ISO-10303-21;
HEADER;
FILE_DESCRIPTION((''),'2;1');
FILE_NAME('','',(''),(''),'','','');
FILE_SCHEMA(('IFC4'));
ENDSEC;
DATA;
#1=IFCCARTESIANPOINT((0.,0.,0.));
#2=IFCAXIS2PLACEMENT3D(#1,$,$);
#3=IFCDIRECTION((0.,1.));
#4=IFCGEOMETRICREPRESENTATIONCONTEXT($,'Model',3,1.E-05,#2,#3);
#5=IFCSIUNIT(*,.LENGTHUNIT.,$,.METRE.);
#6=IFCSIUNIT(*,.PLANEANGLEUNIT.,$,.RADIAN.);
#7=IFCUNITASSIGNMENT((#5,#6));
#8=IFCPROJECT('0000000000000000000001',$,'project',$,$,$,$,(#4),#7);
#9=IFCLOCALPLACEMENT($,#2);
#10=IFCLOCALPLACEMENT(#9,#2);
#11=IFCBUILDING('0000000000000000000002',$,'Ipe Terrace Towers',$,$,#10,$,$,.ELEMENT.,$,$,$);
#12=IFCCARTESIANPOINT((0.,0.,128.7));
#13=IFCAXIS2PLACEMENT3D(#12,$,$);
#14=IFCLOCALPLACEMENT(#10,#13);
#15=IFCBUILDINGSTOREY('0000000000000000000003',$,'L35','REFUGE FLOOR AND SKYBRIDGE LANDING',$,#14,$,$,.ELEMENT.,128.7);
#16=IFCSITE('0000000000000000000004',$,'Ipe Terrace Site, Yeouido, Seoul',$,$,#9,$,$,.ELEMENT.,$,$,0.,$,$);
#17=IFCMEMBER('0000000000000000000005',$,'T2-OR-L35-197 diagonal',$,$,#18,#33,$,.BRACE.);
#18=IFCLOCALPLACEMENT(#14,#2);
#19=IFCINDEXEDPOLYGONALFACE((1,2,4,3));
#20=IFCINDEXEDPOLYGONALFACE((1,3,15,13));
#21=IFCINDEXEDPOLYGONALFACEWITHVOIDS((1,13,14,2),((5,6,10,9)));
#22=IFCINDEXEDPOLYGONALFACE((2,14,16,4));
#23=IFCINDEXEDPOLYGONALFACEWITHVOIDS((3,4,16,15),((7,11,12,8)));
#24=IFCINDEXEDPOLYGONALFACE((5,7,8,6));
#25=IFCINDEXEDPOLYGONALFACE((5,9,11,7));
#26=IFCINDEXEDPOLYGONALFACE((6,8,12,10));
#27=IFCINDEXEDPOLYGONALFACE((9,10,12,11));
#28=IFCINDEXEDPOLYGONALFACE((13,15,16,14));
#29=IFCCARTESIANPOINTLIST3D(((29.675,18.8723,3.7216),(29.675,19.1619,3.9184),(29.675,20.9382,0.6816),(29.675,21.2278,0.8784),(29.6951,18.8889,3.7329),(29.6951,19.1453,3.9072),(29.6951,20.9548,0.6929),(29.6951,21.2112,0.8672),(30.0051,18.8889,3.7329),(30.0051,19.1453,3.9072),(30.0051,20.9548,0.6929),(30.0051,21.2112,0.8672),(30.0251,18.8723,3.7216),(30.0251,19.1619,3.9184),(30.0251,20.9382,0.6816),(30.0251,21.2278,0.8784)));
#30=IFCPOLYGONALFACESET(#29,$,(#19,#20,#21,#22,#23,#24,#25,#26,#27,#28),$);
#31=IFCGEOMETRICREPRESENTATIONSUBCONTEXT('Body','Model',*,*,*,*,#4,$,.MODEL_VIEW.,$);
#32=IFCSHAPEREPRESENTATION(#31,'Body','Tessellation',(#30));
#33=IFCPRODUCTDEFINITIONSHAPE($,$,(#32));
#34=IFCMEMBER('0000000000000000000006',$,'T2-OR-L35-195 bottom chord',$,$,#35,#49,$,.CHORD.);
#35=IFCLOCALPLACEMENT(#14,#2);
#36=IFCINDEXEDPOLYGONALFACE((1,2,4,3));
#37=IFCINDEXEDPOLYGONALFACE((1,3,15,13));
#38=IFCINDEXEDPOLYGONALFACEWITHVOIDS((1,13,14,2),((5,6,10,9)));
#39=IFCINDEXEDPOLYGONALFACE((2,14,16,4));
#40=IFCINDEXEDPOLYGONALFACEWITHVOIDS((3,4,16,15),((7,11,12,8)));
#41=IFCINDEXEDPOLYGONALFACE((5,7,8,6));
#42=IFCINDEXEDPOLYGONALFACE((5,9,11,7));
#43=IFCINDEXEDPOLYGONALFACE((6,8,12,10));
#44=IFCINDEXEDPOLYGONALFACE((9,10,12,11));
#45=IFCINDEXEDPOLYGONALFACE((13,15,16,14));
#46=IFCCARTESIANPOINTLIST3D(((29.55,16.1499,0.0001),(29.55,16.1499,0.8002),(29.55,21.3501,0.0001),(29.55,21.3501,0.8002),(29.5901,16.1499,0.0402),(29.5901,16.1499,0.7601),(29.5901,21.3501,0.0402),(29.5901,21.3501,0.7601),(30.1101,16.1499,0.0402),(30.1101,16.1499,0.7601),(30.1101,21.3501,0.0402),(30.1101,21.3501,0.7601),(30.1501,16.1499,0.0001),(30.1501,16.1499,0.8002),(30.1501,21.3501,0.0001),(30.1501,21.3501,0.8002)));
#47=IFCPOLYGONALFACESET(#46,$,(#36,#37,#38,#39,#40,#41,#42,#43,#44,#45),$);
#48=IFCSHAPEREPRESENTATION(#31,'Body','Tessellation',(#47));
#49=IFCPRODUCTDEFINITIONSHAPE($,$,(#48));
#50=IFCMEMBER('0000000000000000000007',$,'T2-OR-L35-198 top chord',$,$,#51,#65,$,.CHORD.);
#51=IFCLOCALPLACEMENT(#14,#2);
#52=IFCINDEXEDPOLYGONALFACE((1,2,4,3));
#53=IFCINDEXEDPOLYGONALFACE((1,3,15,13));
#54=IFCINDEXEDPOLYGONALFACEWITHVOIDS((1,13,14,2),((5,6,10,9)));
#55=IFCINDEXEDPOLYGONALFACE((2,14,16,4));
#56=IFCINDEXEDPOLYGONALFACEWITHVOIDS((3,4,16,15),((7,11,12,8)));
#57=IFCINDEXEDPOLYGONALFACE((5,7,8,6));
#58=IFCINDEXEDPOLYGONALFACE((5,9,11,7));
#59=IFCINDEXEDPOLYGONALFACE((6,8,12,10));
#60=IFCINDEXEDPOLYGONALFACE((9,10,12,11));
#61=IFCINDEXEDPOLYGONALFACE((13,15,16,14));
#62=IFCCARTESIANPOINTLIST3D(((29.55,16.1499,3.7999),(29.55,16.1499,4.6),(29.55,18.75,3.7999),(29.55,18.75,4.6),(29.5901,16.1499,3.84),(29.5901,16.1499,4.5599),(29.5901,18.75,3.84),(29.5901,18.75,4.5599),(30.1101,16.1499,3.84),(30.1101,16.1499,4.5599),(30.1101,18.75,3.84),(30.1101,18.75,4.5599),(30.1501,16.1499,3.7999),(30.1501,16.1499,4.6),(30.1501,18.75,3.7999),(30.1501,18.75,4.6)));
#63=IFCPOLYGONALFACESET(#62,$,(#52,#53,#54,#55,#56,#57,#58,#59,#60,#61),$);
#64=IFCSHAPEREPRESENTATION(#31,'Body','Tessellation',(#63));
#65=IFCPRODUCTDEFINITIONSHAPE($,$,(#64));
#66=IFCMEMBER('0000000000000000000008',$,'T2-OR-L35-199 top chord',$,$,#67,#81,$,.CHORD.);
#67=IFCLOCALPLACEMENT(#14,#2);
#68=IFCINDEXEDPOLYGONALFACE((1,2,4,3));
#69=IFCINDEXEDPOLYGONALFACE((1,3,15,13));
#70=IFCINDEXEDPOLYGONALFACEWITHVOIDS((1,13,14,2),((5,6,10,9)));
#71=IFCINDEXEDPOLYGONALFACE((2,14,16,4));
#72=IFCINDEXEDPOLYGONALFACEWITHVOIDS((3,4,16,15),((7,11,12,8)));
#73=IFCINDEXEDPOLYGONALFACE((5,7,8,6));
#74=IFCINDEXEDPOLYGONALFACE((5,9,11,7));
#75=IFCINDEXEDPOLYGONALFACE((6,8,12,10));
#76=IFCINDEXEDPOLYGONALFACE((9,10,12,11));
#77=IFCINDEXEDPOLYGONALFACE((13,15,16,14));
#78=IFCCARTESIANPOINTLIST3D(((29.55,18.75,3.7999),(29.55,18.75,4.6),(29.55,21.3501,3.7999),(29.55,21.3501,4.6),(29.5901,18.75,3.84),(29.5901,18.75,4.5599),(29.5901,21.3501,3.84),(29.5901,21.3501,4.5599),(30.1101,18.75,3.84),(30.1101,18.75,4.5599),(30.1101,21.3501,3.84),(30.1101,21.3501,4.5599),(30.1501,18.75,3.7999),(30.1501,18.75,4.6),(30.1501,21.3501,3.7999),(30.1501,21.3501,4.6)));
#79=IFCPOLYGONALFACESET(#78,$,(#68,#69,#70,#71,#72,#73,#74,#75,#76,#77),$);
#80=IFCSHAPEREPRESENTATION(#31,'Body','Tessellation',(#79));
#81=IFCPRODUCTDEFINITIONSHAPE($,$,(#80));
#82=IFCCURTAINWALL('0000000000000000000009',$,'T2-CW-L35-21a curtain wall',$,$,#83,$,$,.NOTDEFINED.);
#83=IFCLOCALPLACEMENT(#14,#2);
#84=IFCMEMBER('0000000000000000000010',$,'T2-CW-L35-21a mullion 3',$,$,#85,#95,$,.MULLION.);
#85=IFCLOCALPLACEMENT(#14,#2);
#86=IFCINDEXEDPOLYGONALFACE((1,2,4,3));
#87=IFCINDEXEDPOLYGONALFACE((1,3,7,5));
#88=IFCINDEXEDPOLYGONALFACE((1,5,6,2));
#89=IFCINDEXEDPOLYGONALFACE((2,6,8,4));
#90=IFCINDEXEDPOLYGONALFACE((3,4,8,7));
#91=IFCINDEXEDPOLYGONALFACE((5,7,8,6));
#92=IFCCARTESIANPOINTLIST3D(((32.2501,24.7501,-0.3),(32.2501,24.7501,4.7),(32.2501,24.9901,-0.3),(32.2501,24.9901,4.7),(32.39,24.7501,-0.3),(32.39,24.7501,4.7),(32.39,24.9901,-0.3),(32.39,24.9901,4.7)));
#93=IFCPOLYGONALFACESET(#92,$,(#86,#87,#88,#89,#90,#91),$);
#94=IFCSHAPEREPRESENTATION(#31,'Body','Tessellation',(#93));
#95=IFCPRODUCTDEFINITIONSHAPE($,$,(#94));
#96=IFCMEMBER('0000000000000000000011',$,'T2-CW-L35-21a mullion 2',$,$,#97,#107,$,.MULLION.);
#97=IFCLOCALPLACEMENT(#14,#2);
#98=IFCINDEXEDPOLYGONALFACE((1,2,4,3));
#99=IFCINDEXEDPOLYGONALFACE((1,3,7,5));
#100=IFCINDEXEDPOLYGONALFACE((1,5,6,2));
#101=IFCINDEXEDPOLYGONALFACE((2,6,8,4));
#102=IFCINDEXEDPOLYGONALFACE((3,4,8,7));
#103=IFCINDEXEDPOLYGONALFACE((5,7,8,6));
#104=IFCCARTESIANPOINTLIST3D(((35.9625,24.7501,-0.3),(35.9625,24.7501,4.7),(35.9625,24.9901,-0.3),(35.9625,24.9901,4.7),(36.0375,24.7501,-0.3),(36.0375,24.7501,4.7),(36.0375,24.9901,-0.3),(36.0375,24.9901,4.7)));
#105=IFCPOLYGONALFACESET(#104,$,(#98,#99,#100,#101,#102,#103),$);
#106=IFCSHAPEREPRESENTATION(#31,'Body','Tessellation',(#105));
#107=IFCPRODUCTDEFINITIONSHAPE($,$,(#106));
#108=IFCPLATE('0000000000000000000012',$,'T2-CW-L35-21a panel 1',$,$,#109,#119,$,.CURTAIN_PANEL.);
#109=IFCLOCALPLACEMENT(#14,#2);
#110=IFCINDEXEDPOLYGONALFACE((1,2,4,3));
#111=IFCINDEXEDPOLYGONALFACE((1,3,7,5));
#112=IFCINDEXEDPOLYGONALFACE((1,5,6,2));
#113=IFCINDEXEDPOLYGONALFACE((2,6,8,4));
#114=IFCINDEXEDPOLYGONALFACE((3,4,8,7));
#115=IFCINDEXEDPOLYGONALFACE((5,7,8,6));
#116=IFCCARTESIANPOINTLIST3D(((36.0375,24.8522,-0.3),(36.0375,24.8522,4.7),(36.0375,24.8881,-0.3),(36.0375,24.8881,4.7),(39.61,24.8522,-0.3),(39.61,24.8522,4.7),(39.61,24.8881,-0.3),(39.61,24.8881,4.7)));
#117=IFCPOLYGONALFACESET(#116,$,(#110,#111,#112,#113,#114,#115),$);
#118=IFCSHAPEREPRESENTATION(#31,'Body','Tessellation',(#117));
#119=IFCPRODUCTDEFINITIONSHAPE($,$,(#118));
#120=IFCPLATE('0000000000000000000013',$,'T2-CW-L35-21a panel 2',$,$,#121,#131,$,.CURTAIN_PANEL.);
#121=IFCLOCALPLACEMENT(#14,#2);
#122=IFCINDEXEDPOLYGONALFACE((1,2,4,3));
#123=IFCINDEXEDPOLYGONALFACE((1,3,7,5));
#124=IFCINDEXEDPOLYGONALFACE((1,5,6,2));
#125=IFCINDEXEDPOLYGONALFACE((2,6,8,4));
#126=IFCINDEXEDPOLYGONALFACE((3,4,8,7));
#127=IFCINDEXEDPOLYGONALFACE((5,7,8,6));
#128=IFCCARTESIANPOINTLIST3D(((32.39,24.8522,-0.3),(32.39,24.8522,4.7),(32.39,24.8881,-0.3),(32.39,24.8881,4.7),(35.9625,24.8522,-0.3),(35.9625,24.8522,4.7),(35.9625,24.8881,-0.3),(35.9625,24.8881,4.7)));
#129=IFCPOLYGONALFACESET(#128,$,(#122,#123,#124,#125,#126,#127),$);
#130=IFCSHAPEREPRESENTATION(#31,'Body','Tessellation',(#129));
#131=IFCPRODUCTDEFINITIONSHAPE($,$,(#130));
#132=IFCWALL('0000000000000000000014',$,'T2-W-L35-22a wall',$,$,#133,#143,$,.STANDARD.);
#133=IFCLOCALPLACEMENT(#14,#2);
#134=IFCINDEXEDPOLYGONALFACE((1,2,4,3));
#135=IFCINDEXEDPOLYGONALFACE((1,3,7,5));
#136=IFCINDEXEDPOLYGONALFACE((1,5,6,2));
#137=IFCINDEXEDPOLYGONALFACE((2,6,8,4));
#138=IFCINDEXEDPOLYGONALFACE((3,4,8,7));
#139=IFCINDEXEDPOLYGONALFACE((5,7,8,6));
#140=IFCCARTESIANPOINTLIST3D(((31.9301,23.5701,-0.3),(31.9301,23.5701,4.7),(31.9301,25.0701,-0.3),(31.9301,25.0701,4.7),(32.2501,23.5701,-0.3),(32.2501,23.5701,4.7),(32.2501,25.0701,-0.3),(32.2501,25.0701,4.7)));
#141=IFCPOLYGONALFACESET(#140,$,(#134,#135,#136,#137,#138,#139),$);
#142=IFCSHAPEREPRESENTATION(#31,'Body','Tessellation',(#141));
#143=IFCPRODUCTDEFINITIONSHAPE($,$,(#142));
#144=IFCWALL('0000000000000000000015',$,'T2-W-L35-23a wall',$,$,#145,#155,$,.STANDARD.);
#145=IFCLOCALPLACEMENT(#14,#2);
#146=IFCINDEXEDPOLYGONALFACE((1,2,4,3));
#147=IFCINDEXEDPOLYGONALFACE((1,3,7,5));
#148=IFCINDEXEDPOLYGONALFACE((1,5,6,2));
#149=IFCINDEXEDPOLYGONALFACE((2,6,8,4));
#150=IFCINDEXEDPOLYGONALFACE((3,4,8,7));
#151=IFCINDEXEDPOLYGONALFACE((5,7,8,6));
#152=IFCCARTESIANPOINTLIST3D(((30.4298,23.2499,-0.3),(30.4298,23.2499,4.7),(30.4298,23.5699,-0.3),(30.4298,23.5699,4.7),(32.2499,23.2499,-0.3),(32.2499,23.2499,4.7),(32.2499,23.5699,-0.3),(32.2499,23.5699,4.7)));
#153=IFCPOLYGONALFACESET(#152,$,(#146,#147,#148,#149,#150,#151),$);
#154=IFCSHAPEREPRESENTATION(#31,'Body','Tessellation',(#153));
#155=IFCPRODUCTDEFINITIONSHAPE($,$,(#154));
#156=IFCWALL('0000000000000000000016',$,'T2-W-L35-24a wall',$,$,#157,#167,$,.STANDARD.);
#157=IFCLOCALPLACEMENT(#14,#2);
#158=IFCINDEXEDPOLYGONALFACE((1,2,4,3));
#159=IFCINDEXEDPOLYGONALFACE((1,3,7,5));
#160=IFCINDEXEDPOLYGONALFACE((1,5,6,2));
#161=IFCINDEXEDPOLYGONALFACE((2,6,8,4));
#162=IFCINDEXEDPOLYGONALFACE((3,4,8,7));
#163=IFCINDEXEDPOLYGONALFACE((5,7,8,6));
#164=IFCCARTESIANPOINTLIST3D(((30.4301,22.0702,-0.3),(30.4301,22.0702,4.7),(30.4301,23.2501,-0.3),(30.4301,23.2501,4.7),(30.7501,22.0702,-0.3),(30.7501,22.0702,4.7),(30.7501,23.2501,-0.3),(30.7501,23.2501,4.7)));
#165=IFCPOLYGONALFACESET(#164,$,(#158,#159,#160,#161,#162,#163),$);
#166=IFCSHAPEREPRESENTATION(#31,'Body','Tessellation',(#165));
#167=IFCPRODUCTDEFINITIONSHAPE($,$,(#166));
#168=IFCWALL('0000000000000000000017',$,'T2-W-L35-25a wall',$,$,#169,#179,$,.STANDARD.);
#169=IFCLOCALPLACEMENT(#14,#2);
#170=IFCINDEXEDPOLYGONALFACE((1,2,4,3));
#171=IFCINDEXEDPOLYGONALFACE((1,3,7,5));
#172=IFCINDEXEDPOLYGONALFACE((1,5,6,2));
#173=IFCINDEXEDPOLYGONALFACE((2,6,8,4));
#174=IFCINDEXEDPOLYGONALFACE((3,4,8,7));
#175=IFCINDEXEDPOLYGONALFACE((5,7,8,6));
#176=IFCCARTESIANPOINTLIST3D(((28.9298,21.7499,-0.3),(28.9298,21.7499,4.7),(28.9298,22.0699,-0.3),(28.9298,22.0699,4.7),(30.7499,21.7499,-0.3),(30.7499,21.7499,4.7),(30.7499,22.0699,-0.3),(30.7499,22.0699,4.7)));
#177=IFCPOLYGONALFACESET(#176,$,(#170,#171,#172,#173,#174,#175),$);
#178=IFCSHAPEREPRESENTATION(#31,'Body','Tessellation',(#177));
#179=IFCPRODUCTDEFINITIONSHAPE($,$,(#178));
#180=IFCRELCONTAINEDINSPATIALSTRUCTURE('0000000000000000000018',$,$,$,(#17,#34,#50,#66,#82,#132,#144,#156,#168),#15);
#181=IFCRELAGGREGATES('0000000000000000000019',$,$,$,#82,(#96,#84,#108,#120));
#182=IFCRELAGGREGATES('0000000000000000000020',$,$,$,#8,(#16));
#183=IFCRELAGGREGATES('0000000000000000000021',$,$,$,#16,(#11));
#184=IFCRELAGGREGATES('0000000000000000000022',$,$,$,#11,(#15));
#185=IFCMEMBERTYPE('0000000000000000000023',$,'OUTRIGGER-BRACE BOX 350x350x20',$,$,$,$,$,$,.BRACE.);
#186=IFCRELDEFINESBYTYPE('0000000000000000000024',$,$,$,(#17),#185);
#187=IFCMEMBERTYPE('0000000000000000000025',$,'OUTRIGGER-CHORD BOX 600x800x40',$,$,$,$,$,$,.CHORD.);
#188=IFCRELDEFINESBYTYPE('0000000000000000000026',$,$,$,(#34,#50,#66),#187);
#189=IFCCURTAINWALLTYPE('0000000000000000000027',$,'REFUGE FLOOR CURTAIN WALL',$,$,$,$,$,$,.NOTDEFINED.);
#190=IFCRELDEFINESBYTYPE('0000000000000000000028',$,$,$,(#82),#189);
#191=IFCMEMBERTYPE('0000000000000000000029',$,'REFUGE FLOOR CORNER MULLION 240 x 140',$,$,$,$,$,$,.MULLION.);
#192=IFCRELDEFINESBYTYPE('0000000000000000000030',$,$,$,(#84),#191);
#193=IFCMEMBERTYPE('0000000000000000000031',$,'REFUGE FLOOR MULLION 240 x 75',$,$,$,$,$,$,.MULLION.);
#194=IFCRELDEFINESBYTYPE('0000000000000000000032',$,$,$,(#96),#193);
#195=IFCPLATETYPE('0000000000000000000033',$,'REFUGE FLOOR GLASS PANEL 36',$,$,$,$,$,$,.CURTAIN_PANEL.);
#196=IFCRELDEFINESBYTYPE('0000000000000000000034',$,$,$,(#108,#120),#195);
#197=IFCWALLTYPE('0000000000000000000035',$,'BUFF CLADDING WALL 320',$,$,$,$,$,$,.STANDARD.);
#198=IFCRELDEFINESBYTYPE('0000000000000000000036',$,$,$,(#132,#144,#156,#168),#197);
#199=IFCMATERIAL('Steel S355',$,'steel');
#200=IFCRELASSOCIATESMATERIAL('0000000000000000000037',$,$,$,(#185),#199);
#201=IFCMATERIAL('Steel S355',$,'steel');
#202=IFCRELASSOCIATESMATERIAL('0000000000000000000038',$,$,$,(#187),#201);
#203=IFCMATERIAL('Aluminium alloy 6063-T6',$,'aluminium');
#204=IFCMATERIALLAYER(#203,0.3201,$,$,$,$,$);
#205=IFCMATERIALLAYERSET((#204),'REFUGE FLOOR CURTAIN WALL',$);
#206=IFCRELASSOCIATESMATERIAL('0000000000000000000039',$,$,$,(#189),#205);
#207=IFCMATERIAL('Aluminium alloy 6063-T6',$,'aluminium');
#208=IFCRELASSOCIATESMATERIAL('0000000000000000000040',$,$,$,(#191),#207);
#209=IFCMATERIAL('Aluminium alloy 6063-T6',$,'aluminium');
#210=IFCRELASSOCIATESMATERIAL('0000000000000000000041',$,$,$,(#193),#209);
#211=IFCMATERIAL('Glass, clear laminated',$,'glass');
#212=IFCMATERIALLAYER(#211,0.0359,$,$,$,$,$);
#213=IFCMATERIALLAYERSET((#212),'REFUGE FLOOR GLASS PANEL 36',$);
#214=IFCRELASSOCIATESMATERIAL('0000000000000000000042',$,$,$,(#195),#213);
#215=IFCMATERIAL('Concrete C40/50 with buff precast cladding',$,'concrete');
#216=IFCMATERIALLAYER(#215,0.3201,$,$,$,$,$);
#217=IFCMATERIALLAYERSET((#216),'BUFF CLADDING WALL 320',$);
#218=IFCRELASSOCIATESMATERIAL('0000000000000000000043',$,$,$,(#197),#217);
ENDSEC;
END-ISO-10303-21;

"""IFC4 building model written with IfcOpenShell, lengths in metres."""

from ifc_helpers import new_model, si_unit, direction, frame, frame_2d, origin, origin_2d, place, context, subcontext, project, spatial, rectangle, hollow_rectangle, extrude, material, layer, layer_set, material_profile, profile_set, type_object, element, aggregate, save


model = new_model("IFC4")

# Units and contexts
model_context = context("Model", 3, precision=1e-05, world=origin(), true_north=direction((0.0, 1.0)))
body_context = subcontext(model_context, "Body", "Model", "MODEL_VIEW")
ifc_project = project(units=[si_unit("LENGTHUNIT", "METRE"), si_unit("PLANEANGLEUNIT", "RADIAN")], contexts=[model_context])

# Site, building, storey
site_placement = place(None, origin())
site = spatial("IfcSite", under=ifc_project, at=site_placement, Name="Ipe Terrace Site, Yeouido, Seoul", CompositionType="ELEMENT", RefElevation=0.0)
building_placement = place(site_placement, origin())
building = spatial("IfcBuilding", under=site, at=building_placement, Name="Ipe Terrace Towers", CompositionType="ELEMENT")
storey_placement = place(building_placement, frame((0.0, 0.0, 128.7)))
storey = spatial("IfcBuildingStorey", under=building, at=storey_placement, Name="L35", Description="REFUGE FLOOR AND SKYBRIDGE LANDING", CompositionType="ELEMENT", Elevation=128.7)

# Members
ifc_material_1 = material(Name="Steel S355", Category="steel")
ifc_material_profile_1 = material_profile(ifc_material_1, hollow_rectangle(XDim=0.3501, YDim=0.3501, WallThickness=0.02, at=origin_2d()), Name="OUTRIGGER-BRACE BOX 350x350x20")
ifc_profile_set_1 = profile_set([ifc_material_profile_1], Name="Steel S355")
member_type_1 = type_object("IfcMemberType", Name="OUTRIGGER-BRACE BOX 350x350x20", PredefinedType="BRACE", material=ifc_profile_set_1)
for number, where, z_axis, x_axis, name in (
    (1, (29.8501, 21.083, 0.78), (0.0, -0.562067, 0.827092), (1.0, 0.0, 0.0), "T2-OR-L35-197 diagonal"),
):
    element("IfcMember", number, at=place(storey_placement, frame(where, z_axis=z_axis, x_axis=x_axis)), inside=storey, type_object=member_type_1, Name=name, PredefinedType="BRACE", context=body_context, shape_type="SweptSolid", body=[
        extrude(hollow_rectangle(XDim=0.3501, YDim=0.3501, WallThickness=0.02, at=origin_2d()), origin(), (0.0, 0.0, 1.0), 3.6755),
    ])
ifc_material_2 = material(Name="Steel S355", Category="steel")
ifc_material_profile_2 = material_profile(ifc_material_2, hollow_rectangle(XDim=0.6001, YDim=0.8, WallThickness=0.04, at=origin_2d()), Name="OUTRIGGER-CHORD BOX 600x800x40")
ifc_profile_set_2 = profile_set([ifc_material_profile_2], Name="Steel S355")
member_type_2 = type_object("IfcMemberType", Name="OUTRIGGER-CHORD BOX 600x800x40", PredefinedType="CHORD", material=ifc_profile_set_2)
member_1_placement = place(storey_placement, frame((29.8501, 16.1499, 0.4001), z_axis=(0.0, 1.0, 0.0), x_axis=(-1.0, 0.0, 0.0)))
element("IfcMember", 2, at=member_1_placement, inside=storey, type_object=member_type_2, Name="T2-OR-L35-195 bottom chord", PredefinedType="CHORD", context=body_context, shape_type="SweptSolid", body=[
    extrude(hollow_rectangle(XDim=0.6001, YDim=0.8, WallThickness=0.04, at=origin_2d()), origin(), (0.0, 0.0, 1.0), 5.2002),
])
for number, where, z_axis, x_axis, name in (
    (3, (29.8501, 16.1499, 4.2), (0.0, 1.0, 0.0), (-1.0, 0.0, 0.0), "T2-OR-L35-198 top chord"),
    (4, (29.8501, 18.75, 4.2), (0.0, 1.0, 0.0), (-1.0, 0.0, 0.0), "T2-OR-L35-199 top chord"),
):
    element("IfcMember", number, at=place(storey_placement, frame(where, z_axis=z_axis, x_axis=x_axis)), inside=storey, type_object=member_type_2, Name=name, PredefinedType="CHORD", context=body_context, shape_type="SweptSolid", body=[
        extrude(hollow_rectangle(XDim=0.6001, YDim=0.8, WallThickness=0.04, at=origin_2d()), origin(), (0.0, 0.0, 1.0), 2.6001),
    ])

# Curtain wall, members, plates
ifc_material_3 = material(Name="Aluminium alloy 6063-T6", Category="aluminium")
ifc_layer_1 = layer(ifc_material_3, 0.3201)
ifc_layer_set_1 = layer_set([ifc_layer_1], Name="REFUGE FLOOR CURTAIN WALL")
curtain_wall_type = type_object("IfcCurtainWallType", Name="REFUGE FLOOR CURTAIN WALL", PredefinedType="NOTDEFINED", material=ifc_layer_set_1)
curtain_wall_placement = place(storey_placement, origin())
curtain_wall = element("IfcCurtainWall", 5, at=curtain_wall_placement, inside=storey, type_object=curtain_wall_type, Name="T2-CW-L35-21a curtain wall", PredefinedType="NOTDEFINED")
ifc_material_4 = material(Name="Aluminium alloy 6063-T6", Category="aluminium")
ifc_material_profile_3 = material_profile(ifc_material_4, rectangle(XDim=0.24, YDim=0.1399, at=origin_2d()), Name="REFUGE FLOOR CORNER MULLION 240 x 140")
ifc_profile_set_3 = profile_set([ifc_material_profile_3], Name="Aluminium alloy 6063-T6")
member_type_3 = type_object("IfcMemberType", Name="REFUGE FLOOR CORNER MULLION 240 x 140", PredefinedType="MULLION", material=ifc_profile_set_3)
member_2_placement = place(storey_placement, frame((32.3201, 24.8701, -0.3), z_axis=(0.0, 0.0, 1.0), x_axis=(0.0, 1.0, 0.0)))
member_2 = element("IfcMember", 6, at=member_2_placement, type_object=member_type_3, Name="T2-CW-L35-21a mullion 3", PredefinedType="MULLION", context=body_context, shape_type="SweptSolid", body=[
    extrude(rectangle(XDim=0.24, YDim=0.1399, at=origin_2d()), origin(), (0.0, 0.0, 1.0), 5.0),
])
ifc_material_5 = material(Name="Aluminium alloy 6063-T6", Category="aluminium")
ifc_material_profile_4 = material_profile(ifc_material_5, rectangle(XDim=0.24, YDim=0.075, at=origin_2d()), Name="REFUGE FLOOR MULLION 240 x 75")
ifc_profile_set_4 = profile_set([ifc_material_profile_4], Name="Aluminium alloy 6063-T6")
member_type_4 = type_object("IfcMemberType", Name="REFUGE FLOOR MULLION 240 x 75", PredefinedType="MULLION", material=ifc_profile_set_4)
member_3_placement = place(storey_placement, frame((36.0, 24.8701, -0.3), z_axis=(0.0, 0.0, 1.0), x_axis=(0.0, 1.0, 0.0)))
member_3 = element("IfcMember", 7, at=member_3_placement, type_object=member_type_4, Name="T2-CW-L35-21a mullion 2", PredefinedType="MULLION", context=body_context, shape_type="SweptSolid", body=[
    extrude(rectangle(XDim=0.24, YDim=0.075, at=origin_2d()), origin(), (0.0, 0.0, 1.0), 5.0),
])
ifc_material_6 = material(Name="Glass, clear laminated", Category="glass")
ifc_layer_2 = layer(ifc_material_6, 0.0359)
ifc_layer_set_2 = layer_set([ifc_layer_2], Name="REFUGE FLOOR GLASS PANEL 36")
plate_type = type_object("IfcPlateType", Name="REFUGE FLOOR GLASS PANEL 36", PredefinedType="CURTAIN_PANEL", material=ifc_layer_set_2)
plate_1_placement = place(storey_placement, frame((37.8237, 24.8701, -0.3), z_axis=(0.0, 0.0, 1.0), x_axis=(-1.0, 0.0, 0.0)))
plate_1 = element("IfcPlate", 8, at=plate_1_placement, type_object=plate_type, Name="T2-CW-L35-21a panel 1", PredefinedType="CURTAIN_PANEL", context=body_context, shape_type="SweptSolid", body=[
    extrude(rectangle(XDim=3.5725, YDim=0.0359, at=origin_2d()), origin(), (0.0, 0.0, 1.0), 5.0),
])
plate_2_placement = place(storey_placement, frame((34.1763, 24.8701, -0.3), z_axis=(0.0, 0.0, 1.0), x_axis=(-1.0, 0.0, 0.0)))
plate_2 = element("IfcPlate", 9, at=plate_2_placement, type_object=plate_type, Name="T2-CW-L35-21a panel 2", PredefinedType="CURTAIN_PANEL", context=body_context, shape_type="SweptSolid", body=[
    extrude(rectangle(XDim=3.5725, YDim=0.0359, at=origin_2d()), origin(), (0.0, 0.0, 1.0), 5.0),
])
aggregate(curtain_wall, [member_3, member_2, plate_1, plate_2])

# Walls
ifc_material_7 = material(Name="Concrete C40/50 with buff precast cladding", Category="concrete")
ifc_layer_3 = layer(ifc_material_7, 0.3201)
ifc_layer_set_3 = layer_set([ifc_layer_3], Name="BUFF CLADDING WALL 320")
wall_type_1 = type_object("IfcWallType", Name="BUFF CLADDING WALL 320", PredefinedType="STANDARD", material=ifc_layer_set_3)
wall_1_placement = place(storey_placement, frame((32.0901, 25.0701, -0.3), z_axis=(0.0, 0.0, 1.0), x_axis=(0.0, -1.0, 0.0)))
element("IfcWall", 10, at=wall_1_placement, inside=storey, type_object=wall_type_1, Name="T2-W-L35-22a wall", PredefinedType="STANDARD", context=body_context, shape_type="SweptSolid", body=[
    extrude(rectangle(XDim=1.5, YDim=0.3201, at=frame_2d((0.75, 0.0))), origin(), (0.0, 0.0, 1.0), 5.0),
])
wall_2_placement = place(storey_placement, frame((32.25, 23.4099, -0.3), z_axis=(0.0, 0.0, 1.0), x_axis=(-1.0, 0.0, 0.0)))
element("IfcWall", 11, at=wall_2_placement, inside=storey, type_object=wall_type_1, Name="T2-W-L35-23a wall", PredefinedType="STANDARD", context=body_context, shape_type="SweptSolid", body=[
    extrude(rectangle(XDim=1.8201, YDim=0.3201, at=frame_2d((0.9102, 0.0))), origin(), (0.0, 0.0, 1.0), 5.0),
])
wall_3_placement = place(storey_placement, frame((30.5901, 23.25, -0.3), z_axis=(0.0, 0.0, 1.0), x_axis=(0.0, -1.0, 0.0)))
element("IfcWall", 12, at=wall_3_placement, inside=storey, type_object=wall_type_1, Name="T2-W-L35-24a wall", PredefinedType="STANDARD", context=body_context, shape_type="SweptSolid", body=[
    extrude(rectangle(XDim=1.1799, YDim=0.3201, at=frame_2d((0.5898, 0.0))), origin(), (0.0, 0.0, 1.0), 5.0),
])
wall_4_placement = place(storey_placement, frame((30.75, 21.9099, -0.3), z_axis=(0.0, 0.0, 1.0), x_axis=(-1.0, 0.0, 0.0)))
element("IfcWall", 13, at=wall_4_placement, inside=storey, type_object=wall_type_1, Name="T2-W-L35-25a wall", PredefinedType="STANDARD", context=body_context, shape_type="SweptSolid", body=[
    extrude(rectangle(XDim=1.8201, YDim=0.3201, at=frame_2d((0.9102, 0.0))), origin(), (0.0, 0.0, 1.0), 5.0),
])

save(model, "model.ifc")
